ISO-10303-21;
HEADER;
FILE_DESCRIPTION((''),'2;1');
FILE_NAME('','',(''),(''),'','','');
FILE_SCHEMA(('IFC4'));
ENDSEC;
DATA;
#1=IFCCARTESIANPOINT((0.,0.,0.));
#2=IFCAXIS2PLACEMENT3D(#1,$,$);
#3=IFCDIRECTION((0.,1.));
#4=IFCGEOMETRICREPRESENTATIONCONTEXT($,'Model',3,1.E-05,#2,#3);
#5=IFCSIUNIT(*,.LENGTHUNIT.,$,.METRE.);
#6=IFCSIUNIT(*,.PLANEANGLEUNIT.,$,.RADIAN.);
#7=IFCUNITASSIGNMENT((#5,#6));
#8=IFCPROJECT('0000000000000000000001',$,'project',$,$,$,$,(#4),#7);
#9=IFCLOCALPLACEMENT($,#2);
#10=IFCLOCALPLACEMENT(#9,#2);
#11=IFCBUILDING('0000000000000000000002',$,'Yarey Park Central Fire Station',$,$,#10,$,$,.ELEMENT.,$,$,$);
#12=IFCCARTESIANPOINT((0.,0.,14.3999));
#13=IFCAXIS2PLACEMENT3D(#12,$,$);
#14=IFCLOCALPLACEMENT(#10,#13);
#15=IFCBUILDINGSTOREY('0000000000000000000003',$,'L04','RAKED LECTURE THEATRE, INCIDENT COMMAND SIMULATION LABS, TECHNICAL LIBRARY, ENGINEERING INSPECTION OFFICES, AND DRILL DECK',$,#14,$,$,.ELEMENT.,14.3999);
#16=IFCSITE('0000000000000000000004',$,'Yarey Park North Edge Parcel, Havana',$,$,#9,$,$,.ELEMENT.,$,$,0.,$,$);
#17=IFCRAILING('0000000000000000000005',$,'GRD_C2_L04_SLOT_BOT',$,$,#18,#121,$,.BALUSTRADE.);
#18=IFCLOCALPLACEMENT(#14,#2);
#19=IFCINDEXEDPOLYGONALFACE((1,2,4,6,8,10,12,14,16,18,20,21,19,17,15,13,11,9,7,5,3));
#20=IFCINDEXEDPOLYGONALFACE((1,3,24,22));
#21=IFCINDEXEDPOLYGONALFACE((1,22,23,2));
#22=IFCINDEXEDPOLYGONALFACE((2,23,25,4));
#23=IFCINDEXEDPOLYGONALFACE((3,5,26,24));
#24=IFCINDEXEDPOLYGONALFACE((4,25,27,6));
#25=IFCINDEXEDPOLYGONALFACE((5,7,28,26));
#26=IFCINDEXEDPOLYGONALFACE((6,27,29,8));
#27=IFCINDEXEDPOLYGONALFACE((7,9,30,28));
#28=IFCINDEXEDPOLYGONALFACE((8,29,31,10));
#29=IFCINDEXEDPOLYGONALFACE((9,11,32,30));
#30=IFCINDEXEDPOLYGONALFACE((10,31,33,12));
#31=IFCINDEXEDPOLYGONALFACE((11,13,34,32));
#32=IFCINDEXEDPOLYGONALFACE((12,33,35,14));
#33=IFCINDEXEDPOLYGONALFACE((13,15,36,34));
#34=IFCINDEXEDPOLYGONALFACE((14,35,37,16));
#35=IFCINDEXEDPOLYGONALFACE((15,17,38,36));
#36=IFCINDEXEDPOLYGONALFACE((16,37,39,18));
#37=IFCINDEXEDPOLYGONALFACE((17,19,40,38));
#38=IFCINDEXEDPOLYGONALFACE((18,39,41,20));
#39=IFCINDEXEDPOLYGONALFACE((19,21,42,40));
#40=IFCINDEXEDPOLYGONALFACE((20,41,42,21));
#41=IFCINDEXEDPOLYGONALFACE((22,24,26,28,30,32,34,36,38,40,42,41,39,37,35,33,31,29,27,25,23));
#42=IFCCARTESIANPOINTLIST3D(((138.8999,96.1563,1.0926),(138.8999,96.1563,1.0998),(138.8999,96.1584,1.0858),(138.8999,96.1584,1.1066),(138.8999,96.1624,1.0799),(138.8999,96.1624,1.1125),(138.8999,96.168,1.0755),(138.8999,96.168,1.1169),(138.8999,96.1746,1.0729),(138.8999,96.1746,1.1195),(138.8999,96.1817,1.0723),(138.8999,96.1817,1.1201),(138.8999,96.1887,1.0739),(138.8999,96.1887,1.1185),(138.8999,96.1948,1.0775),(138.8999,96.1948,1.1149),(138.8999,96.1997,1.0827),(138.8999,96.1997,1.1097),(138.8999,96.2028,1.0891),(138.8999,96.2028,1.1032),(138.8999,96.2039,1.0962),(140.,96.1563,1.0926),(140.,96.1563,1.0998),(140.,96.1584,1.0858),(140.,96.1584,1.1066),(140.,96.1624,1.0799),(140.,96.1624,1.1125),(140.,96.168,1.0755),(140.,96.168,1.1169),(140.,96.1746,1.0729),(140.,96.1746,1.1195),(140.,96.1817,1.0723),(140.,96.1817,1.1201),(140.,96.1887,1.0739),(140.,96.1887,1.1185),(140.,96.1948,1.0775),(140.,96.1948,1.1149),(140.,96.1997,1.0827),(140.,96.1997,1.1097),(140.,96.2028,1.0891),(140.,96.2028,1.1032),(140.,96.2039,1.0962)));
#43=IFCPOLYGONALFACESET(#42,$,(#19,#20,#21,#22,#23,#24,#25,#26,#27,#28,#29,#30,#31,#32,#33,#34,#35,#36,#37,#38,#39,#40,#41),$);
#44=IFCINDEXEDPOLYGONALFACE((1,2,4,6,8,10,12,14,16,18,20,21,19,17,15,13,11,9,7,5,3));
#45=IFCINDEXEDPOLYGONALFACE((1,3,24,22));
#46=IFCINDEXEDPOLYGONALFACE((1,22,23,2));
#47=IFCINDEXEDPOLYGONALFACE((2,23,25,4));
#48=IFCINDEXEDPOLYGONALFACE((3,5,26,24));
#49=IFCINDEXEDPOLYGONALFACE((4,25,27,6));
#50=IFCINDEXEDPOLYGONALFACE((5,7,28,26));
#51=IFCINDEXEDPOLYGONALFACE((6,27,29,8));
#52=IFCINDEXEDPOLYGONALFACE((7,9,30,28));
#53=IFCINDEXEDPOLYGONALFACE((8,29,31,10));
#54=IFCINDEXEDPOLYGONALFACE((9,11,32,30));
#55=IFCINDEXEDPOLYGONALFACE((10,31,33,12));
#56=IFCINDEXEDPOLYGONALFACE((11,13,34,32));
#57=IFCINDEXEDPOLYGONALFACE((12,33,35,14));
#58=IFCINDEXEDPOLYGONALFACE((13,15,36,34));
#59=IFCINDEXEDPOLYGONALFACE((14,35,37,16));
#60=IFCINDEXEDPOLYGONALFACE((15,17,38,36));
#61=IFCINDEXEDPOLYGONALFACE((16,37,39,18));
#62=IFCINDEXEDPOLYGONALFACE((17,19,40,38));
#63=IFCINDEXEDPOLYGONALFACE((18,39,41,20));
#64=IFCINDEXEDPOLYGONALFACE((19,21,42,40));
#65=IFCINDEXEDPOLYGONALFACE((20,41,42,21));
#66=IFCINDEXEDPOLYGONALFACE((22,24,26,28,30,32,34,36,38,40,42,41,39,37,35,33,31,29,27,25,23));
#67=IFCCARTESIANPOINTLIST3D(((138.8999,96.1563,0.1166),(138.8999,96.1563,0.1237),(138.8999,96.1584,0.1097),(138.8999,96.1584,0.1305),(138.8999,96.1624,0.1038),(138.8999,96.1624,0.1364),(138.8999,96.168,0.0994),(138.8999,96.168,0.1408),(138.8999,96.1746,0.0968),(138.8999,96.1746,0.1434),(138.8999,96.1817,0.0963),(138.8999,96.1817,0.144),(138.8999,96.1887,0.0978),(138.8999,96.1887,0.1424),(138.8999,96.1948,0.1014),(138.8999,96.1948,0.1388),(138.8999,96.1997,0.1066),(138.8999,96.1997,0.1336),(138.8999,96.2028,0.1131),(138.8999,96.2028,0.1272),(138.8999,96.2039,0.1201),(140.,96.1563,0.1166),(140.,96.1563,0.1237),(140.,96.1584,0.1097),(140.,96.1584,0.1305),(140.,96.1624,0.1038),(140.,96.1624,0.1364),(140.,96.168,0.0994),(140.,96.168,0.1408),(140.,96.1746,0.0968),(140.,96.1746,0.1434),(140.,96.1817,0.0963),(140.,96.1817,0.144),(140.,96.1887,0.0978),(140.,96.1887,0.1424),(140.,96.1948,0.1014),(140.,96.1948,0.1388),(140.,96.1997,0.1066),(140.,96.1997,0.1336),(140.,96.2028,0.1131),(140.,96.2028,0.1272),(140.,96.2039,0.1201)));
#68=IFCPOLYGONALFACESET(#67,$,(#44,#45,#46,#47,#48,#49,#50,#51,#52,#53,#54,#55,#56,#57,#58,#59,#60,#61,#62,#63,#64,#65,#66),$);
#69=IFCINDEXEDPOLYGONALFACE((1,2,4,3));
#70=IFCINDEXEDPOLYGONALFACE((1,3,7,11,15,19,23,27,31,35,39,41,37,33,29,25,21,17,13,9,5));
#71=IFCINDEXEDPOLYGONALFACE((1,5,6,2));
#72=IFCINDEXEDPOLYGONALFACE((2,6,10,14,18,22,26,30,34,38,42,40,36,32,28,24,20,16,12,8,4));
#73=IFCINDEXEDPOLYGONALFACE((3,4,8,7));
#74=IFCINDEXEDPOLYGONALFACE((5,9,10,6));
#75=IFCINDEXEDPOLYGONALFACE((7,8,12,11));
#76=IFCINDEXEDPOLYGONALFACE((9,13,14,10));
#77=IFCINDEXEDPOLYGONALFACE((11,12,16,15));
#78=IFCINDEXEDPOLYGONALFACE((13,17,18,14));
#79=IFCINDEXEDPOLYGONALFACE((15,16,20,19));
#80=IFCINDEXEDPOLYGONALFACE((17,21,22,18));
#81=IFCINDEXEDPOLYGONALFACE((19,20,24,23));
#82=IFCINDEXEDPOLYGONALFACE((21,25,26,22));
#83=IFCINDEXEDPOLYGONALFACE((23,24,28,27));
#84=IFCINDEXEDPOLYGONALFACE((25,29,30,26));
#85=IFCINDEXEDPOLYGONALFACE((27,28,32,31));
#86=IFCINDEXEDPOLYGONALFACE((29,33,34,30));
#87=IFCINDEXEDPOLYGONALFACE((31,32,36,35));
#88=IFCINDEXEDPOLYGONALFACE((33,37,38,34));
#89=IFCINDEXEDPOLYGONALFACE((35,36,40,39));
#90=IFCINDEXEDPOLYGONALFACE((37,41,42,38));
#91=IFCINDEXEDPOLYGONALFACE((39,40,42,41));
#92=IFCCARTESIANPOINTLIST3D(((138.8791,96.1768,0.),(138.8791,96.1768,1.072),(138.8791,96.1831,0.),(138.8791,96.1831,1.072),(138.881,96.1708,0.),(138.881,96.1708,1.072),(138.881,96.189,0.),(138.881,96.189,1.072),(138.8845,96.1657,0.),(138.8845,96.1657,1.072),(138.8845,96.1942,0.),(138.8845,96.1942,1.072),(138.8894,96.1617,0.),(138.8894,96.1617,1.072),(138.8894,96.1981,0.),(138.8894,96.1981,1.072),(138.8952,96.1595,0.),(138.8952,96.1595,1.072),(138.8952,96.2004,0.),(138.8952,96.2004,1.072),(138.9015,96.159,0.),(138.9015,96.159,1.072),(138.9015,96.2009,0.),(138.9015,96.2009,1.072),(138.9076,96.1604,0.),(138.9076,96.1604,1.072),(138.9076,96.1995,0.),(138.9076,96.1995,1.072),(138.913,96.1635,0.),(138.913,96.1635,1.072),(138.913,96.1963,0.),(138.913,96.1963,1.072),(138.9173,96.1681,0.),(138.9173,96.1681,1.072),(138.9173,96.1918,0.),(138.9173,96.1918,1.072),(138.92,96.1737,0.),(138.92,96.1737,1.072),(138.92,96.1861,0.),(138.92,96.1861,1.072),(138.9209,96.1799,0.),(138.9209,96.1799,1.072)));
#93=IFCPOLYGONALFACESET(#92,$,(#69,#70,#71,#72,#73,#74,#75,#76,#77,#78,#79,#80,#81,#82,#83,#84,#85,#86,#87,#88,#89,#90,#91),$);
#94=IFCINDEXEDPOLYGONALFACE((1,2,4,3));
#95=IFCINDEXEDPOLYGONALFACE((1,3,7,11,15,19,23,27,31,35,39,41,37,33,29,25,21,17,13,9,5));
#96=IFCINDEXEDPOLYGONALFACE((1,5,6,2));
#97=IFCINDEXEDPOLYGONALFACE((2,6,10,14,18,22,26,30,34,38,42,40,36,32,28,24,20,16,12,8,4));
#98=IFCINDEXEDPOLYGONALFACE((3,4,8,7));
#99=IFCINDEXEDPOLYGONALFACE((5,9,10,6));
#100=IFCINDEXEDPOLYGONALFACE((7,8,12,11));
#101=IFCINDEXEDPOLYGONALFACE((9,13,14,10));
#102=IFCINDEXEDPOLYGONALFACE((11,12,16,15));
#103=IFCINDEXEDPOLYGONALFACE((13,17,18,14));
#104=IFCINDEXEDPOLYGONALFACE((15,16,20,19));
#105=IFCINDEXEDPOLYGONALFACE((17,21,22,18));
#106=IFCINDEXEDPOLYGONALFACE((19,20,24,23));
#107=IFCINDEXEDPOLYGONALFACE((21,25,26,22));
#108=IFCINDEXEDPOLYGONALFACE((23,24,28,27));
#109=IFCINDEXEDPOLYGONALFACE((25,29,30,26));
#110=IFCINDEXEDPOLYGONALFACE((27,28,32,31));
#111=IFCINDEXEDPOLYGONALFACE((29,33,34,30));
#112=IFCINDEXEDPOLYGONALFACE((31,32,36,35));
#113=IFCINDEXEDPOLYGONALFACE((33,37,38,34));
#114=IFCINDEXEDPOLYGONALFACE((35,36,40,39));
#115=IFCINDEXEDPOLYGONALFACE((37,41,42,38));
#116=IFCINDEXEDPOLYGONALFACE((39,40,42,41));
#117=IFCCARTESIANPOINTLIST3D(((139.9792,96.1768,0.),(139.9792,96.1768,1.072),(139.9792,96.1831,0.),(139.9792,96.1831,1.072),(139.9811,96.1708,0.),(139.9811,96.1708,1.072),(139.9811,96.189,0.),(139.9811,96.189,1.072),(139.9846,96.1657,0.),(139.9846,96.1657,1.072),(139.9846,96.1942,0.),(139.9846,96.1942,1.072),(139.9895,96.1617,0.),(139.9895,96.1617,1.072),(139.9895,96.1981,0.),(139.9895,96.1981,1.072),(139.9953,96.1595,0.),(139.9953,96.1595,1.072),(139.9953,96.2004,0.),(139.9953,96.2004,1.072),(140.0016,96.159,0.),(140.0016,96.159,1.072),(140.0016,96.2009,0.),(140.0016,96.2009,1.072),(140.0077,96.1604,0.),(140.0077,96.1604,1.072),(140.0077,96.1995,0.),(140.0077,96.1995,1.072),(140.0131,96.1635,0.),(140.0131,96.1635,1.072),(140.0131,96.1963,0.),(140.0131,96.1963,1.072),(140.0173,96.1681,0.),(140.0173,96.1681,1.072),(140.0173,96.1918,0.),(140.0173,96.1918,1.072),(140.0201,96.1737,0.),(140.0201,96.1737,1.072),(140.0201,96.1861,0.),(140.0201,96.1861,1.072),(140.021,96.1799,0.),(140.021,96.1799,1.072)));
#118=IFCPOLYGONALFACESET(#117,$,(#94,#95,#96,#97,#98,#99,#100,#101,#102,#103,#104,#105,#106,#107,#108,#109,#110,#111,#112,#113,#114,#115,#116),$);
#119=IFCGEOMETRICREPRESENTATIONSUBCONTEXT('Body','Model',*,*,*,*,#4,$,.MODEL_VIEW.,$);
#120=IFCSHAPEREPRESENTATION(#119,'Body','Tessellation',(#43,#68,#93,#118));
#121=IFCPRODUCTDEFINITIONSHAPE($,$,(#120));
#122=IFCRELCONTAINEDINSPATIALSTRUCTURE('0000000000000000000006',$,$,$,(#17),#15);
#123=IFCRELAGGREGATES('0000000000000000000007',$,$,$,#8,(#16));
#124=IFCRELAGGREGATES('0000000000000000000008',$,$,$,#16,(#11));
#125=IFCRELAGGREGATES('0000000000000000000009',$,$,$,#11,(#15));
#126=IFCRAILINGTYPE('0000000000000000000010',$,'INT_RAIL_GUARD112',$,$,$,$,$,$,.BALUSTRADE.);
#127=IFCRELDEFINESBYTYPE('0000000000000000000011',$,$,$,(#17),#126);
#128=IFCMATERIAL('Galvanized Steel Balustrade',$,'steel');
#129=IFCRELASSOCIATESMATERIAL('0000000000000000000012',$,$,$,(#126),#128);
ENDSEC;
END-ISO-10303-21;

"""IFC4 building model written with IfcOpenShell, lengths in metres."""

from ifc_helpers import new_model, si_unit, direction, frame, origin, origin_2d, place, context, subcontext, project, spatial, circle, extrude, material, type_object, element, save


model = new_model("IFC4")

# Units and contexts
model_context = context("Model", 3, precision=1e-05, world=origin(), true_north=direction((0.0, 1.0)))
body_context = subcontext(model_context, "Body", "Model", "MODEL_VIEW")
ifc_project = project(units=[si_unit("LENGTHUNIT", "METRE"), si_unit("PLANEANGLEUNIT", "RADIAN")], contexts=[model_context])

# Site, building, storey
site_placement = place(None, origin())
site = spatial("IfcSite", under=ifc_project, at=site_placement, Name="Yarey Park North Edge Parcel, Havana", CompositionType="ELEMENT", RefElevation=0.0)
building_placement = place(site_placement, origin())
building = spatial("IfcBuilding", under=site, at=building_placement, Name="Yarey Park Central Fire Station", CompositionType="ELEMENT")
storey_placement = place(building_placement, frame((0.0, 0.0, 14.3999)))
storey = spatial("IfcBuildingStorey", under=building, at=storey_placement, Name="L04", Description="RAKED LECTURE THEATRE, INCIDENT COMMAND SIMULATION LABS, TECHNICAL LIBRARY, ENGINEERING INSPECTION OFFICES, AND DRILL DECK", CompositionType="ELEMENT", Elevation=14.3999)

# Railing
ifc_material_1 = material(Name="Galvanized Steel Balustrade", Category="steel")
railing_type_1 = type_object("IfcRailingType", Name="INT_RAIL_GUARD112", PredefinedType="BALUSTRADE", material=ifc_material_1)
for number, where, name in (
    (1, (138.8999, 96.1799, 0.0), "GRD_C2_L04_SLOT_BOT"),
):
    element("IfcRailing", number, at=place(storey_placement, frame(where)), inside=storey, type_object=railing_type_1, Name=name, PredefinedType="BALUSTRADE", context=body_context, shape_type="SweptSolid", body=[
        extrude(circle(Radius=0.0239, at=origin_2d()), frame((0.0, 0.0, 1.0962), z_axis=(1.0, 0.0, 0.0), x_axis=(0.0, 1.0, 0.0)), (0.0, 0.0, 1.0), 1.1001),
        extrude(circle(Radius=0.0239, at=origin_2d()), frame((0.0, 0.0, 0.1201), z_axis=(1.0, 0.0, 0.0), x_axis=(0.0, 1.0, 0.0)), (0.0, 0.0, 1.0), 1.1001),
        extrude(circle(Radius=0.021, at=origin_2d()), origin(), (0.0, 0.0, 1.0), 1.072),
        extrude(circle(Radius=0.021, at=origin_2d()), frame((1.1001, 0.0, 0.0)), (0.0, 0.0, 1.0), 1.072),
    ])

save(model, "model.ifc")
